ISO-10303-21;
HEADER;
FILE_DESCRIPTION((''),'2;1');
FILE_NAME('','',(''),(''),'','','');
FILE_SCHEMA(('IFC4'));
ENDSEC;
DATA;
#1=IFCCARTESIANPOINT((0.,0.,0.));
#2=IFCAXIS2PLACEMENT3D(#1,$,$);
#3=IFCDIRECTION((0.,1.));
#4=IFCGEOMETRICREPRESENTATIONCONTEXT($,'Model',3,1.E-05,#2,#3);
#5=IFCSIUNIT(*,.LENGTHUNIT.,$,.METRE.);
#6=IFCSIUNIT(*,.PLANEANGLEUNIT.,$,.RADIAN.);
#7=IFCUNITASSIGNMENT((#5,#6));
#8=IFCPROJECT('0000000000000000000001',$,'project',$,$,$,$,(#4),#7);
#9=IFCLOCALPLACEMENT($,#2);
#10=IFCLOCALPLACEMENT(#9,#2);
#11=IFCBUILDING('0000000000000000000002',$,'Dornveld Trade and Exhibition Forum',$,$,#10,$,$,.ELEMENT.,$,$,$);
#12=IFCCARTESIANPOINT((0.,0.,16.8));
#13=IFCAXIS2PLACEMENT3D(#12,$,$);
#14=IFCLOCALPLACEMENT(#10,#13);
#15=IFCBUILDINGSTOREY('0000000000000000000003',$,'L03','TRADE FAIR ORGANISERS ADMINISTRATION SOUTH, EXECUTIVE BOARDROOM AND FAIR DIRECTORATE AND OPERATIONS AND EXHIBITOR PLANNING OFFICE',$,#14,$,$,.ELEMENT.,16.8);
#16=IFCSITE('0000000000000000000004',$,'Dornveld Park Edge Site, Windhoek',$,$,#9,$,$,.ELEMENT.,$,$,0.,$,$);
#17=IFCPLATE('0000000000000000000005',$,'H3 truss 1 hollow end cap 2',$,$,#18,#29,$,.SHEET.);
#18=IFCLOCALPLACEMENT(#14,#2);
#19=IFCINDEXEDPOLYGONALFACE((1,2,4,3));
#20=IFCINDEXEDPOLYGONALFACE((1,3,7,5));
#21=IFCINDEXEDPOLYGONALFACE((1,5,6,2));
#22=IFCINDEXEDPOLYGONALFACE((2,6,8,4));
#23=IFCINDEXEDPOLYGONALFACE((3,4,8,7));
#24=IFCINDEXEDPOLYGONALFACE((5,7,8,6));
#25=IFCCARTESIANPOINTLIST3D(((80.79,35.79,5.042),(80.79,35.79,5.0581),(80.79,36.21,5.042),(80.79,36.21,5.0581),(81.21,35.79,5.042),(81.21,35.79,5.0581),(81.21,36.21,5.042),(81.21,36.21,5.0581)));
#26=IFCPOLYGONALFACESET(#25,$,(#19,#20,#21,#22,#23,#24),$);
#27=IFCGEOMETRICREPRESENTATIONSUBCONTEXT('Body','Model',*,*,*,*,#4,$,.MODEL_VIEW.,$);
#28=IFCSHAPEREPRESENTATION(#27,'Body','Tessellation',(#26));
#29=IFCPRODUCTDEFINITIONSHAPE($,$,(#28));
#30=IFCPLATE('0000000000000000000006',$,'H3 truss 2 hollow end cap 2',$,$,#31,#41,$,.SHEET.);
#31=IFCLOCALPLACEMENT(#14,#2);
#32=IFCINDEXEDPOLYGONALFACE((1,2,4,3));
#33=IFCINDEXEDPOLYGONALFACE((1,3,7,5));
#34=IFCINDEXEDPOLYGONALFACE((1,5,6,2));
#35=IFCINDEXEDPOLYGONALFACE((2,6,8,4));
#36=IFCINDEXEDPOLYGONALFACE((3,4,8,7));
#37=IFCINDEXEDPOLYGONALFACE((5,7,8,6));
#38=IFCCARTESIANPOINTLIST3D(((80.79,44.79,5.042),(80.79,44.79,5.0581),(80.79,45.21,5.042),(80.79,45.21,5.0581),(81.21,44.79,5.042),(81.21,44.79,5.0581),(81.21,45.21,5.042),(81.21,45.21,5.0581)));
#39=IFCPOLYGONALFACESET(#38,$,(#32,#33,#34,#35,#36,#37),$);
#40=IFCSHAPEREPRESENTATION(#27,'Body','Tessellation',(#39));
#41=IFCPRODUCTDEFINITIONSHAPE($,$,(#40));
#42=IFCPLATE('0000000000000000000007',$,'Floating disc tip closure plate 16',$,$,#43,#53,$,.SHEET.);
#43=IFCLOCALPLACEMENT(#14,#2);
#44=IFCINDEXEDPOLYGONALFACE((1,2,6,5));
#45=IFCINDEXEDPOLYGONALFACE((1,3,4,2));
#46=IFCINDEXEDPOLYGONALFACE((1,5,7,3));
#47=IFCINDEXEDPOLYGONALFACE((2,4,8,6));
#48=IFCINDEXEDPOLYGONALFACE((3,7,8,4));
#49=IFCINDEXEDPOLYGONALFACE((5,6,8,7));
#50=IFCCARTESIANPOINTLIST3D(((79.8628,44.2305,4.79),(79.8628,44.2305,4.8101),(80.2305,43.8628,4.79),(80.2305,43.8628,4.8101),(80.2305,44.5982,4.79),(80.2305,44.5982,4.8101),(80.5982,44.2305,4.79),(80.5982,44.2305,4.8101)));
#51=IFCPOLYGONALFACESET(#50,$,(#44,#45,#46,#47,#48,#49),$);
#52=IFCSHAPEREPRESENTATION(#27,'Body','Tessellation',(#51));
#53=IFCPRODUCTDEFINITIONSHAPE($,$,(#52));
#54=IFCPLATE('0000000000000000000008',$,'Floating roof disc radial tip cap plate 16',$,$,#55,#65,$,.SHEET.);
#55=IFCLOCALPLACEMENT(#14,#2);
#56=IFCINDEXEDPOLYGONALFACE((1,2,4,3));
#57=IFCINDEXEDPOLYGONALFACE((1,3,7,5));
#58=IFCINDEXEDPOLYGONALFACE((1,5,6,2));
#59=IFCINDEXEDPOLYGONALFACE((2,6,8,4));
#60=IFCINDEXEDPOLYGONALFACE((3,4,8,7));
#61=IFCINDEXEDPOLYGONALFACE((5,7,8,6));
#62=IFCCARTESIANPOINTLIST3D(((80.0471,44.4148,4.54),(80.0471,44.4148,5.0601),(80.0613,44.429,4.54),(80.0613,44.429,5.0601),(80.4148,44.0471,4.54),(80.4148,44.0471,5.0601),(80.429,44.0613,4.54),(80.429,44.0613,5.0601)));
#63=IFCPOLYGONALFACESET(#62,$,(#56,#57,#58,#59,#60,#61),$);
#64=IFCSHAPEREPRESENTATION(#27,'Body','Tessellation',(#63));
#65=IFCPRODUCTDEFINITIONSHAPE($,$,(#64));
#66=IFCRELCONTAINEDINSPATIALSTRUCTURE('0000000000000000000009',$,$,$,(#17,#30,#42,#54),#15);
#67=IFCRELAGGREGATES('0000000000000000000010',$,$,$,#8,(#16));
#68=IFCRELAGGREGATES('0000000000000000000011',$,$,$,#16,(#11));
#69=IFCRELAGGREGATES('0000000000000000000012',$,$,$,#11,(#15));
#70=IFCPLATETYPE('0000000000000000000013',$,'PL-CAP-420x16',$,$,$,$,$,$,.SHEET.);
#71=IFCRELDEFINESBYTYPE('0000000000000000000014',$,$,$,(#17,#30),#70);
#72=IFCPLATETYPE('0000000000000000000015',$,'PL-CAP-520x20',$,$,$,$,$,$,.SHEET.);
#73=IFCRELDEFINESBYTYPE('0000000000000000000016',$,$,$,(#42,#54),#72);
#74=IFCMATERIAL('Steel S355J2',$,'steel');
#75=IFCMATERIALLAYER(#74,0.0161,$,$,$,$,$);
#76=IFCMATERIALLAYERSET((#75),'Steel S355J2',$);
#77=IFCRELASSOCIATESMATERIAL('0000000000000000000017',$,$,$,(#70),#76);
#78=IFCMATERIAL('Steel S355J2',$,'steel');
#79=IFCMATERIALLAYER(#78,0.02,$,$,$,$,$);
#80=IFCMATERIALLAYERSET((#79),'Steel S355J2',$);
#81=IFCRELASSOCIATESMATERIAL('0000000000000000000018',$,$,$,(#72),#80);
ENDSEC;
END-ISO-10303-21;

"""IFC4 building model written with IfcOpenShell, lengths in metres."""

from ifc_helpers import new_model, si_unit, direction, frame, origin, origin_2d, place, context, subcontext, project, spatial, rectangle, extrude, material, layer, layer_set, type_object, element, save


model = new_model("IFC4")

# Units and contexts
model_context = context("Model", 3, precision=1e-05, world=origin(), true_north=direction((0.0, 1.0)))
body_context = subcontext(model_context, "Body", "Model", "MODEL_VIEW")
ifc_project = project(units=[si_unit("LENGTHUNIT", "METRE"), si_unit("PLANEANGLEUNIT", "RADIAN")], contexts=[model_context])

# Site, building, storey
site_placement = place(None, origin())
site = spatial("IfcSite", under=ifc_project, at=site_placement, Name="Dornveld Park Edge Site, Windhoek", CompositionType="ELEMENT", RefElevation=0.0)
building_placement = place(site_placement, origin())
building = spatial("IfcBuilding", under=site, at=building_placement, Name="Dornveld Trade and Exhibition Forum", CompositionType="ELEMENT")
storey_placement = place(building_placement, frame((0.0, 0.0, 16.8)))
storey = spatial("IfcBuildingStorey", under=building, at=storey_placement, Name="L03", Description="TRADE FAIR ORGANISERS ADMINISTRATION SOUTH, EXECUTIVE BOARDROOM AND FAIR DIRECTORATE AND OPERATIONS AND EXHIBITOR PLANNING OFFICE", CompositionType="ELEMENT", Elevation=16.8)

# Plates
ifc_material_1 = material(Name="Steel S355J2", Category="steel")
ifc_layer_1 = layer(ifc_material_1, 0.0161)
ifc_layer_set_1 = layer_set([ifc_layer_1], Name="Steel S355J2")
plate_type_1 = type_object("IfcPlateType", Name="PL-CAP-420x16", PredefinedType="SHEET", material=ifc_layer_set_1)
for number, where, z_axis, x_axis, name in (
    (1, (81.0, 36.0, 5.042), (0.0, 0.0, 1.0), (1.0, 0.0, 0.0), "H3 truss 1 hollow end cap 2"),
    (2, (81.0, 45.0, 5.042), (0.0, 0.0, 1.0), (1.0, 0.0, 0.0), "H3 truss 2 hollow end cap 2"),
):
    element("IfcPlate", number, at=place(storey_placement, frame(where, z_axis=z_axis, x_axis=x_axis)), inside=storey, type_object=plate_type_1, Name=name, PredefinedType="SHEET", context=body_context, shape_type="SweptSolid", body=[
        extrude(rectangle(XDim=0.4199, YDim=0.4199, at=origin_2d()), origin(), (0.0, 0.0, 1.0), 0.0161),
    ])
ifc_material_2 = material(Name="Steel S355J2", Category="steel")
ifc_layer_2 = layer(ifc_material_2, 0.02)
ifc_layer_set_2 = layer_set([ifc_layer_2], Name="Steel S355J2")
plate_type_2 = type_object("IfcPlateType", Name="PL-CAP-520x20", PredefinedType="SHEET", material=ifc_layer_set_2)
plate_1_placement = place(storey_placement, frame((80.2305, 44.2305, 4.79), z_axis=(0.0, 0.0, 1.0), x_axis=(-0.707107, -0.707107, 0.0)))
element("IfcPlate", 3, at=plate_1_placement, inside=storey, type_object=plate_type_2, Name="Floating disc tip closure plate 16", PredefinedType="SHEET", context=body_context, shape_type="SweptSolid", body=[
    extrude(rectangle(XDim=0.52, YDim=0.52, at=origin_2d()), origin(), (0.0, 0.0, 1.0), 0.02),
])
plate_2_placement = place(storey_placement, frame((80.238, 44.238, 4.54), z_axis=(0.0, 0.0, 1.0), x_axis=(-0.707107, -0.707107, 0.0)))
element("IfcPlate", 4, at=plate_2_placement, inside=storey, type_object=plate_type_2, Name="Floating roof disc radial tip cap plate 16", PredefinedType="SHEET", context=body_context, shape_type="SweptSolid", body=[
    extrude(rectangle(XDim=0.02, YDim=0.52, at=origin_2d()), origin(), (0.0, 0.0, 1.0), 0.52),
])

save(model, "model.ifc")
